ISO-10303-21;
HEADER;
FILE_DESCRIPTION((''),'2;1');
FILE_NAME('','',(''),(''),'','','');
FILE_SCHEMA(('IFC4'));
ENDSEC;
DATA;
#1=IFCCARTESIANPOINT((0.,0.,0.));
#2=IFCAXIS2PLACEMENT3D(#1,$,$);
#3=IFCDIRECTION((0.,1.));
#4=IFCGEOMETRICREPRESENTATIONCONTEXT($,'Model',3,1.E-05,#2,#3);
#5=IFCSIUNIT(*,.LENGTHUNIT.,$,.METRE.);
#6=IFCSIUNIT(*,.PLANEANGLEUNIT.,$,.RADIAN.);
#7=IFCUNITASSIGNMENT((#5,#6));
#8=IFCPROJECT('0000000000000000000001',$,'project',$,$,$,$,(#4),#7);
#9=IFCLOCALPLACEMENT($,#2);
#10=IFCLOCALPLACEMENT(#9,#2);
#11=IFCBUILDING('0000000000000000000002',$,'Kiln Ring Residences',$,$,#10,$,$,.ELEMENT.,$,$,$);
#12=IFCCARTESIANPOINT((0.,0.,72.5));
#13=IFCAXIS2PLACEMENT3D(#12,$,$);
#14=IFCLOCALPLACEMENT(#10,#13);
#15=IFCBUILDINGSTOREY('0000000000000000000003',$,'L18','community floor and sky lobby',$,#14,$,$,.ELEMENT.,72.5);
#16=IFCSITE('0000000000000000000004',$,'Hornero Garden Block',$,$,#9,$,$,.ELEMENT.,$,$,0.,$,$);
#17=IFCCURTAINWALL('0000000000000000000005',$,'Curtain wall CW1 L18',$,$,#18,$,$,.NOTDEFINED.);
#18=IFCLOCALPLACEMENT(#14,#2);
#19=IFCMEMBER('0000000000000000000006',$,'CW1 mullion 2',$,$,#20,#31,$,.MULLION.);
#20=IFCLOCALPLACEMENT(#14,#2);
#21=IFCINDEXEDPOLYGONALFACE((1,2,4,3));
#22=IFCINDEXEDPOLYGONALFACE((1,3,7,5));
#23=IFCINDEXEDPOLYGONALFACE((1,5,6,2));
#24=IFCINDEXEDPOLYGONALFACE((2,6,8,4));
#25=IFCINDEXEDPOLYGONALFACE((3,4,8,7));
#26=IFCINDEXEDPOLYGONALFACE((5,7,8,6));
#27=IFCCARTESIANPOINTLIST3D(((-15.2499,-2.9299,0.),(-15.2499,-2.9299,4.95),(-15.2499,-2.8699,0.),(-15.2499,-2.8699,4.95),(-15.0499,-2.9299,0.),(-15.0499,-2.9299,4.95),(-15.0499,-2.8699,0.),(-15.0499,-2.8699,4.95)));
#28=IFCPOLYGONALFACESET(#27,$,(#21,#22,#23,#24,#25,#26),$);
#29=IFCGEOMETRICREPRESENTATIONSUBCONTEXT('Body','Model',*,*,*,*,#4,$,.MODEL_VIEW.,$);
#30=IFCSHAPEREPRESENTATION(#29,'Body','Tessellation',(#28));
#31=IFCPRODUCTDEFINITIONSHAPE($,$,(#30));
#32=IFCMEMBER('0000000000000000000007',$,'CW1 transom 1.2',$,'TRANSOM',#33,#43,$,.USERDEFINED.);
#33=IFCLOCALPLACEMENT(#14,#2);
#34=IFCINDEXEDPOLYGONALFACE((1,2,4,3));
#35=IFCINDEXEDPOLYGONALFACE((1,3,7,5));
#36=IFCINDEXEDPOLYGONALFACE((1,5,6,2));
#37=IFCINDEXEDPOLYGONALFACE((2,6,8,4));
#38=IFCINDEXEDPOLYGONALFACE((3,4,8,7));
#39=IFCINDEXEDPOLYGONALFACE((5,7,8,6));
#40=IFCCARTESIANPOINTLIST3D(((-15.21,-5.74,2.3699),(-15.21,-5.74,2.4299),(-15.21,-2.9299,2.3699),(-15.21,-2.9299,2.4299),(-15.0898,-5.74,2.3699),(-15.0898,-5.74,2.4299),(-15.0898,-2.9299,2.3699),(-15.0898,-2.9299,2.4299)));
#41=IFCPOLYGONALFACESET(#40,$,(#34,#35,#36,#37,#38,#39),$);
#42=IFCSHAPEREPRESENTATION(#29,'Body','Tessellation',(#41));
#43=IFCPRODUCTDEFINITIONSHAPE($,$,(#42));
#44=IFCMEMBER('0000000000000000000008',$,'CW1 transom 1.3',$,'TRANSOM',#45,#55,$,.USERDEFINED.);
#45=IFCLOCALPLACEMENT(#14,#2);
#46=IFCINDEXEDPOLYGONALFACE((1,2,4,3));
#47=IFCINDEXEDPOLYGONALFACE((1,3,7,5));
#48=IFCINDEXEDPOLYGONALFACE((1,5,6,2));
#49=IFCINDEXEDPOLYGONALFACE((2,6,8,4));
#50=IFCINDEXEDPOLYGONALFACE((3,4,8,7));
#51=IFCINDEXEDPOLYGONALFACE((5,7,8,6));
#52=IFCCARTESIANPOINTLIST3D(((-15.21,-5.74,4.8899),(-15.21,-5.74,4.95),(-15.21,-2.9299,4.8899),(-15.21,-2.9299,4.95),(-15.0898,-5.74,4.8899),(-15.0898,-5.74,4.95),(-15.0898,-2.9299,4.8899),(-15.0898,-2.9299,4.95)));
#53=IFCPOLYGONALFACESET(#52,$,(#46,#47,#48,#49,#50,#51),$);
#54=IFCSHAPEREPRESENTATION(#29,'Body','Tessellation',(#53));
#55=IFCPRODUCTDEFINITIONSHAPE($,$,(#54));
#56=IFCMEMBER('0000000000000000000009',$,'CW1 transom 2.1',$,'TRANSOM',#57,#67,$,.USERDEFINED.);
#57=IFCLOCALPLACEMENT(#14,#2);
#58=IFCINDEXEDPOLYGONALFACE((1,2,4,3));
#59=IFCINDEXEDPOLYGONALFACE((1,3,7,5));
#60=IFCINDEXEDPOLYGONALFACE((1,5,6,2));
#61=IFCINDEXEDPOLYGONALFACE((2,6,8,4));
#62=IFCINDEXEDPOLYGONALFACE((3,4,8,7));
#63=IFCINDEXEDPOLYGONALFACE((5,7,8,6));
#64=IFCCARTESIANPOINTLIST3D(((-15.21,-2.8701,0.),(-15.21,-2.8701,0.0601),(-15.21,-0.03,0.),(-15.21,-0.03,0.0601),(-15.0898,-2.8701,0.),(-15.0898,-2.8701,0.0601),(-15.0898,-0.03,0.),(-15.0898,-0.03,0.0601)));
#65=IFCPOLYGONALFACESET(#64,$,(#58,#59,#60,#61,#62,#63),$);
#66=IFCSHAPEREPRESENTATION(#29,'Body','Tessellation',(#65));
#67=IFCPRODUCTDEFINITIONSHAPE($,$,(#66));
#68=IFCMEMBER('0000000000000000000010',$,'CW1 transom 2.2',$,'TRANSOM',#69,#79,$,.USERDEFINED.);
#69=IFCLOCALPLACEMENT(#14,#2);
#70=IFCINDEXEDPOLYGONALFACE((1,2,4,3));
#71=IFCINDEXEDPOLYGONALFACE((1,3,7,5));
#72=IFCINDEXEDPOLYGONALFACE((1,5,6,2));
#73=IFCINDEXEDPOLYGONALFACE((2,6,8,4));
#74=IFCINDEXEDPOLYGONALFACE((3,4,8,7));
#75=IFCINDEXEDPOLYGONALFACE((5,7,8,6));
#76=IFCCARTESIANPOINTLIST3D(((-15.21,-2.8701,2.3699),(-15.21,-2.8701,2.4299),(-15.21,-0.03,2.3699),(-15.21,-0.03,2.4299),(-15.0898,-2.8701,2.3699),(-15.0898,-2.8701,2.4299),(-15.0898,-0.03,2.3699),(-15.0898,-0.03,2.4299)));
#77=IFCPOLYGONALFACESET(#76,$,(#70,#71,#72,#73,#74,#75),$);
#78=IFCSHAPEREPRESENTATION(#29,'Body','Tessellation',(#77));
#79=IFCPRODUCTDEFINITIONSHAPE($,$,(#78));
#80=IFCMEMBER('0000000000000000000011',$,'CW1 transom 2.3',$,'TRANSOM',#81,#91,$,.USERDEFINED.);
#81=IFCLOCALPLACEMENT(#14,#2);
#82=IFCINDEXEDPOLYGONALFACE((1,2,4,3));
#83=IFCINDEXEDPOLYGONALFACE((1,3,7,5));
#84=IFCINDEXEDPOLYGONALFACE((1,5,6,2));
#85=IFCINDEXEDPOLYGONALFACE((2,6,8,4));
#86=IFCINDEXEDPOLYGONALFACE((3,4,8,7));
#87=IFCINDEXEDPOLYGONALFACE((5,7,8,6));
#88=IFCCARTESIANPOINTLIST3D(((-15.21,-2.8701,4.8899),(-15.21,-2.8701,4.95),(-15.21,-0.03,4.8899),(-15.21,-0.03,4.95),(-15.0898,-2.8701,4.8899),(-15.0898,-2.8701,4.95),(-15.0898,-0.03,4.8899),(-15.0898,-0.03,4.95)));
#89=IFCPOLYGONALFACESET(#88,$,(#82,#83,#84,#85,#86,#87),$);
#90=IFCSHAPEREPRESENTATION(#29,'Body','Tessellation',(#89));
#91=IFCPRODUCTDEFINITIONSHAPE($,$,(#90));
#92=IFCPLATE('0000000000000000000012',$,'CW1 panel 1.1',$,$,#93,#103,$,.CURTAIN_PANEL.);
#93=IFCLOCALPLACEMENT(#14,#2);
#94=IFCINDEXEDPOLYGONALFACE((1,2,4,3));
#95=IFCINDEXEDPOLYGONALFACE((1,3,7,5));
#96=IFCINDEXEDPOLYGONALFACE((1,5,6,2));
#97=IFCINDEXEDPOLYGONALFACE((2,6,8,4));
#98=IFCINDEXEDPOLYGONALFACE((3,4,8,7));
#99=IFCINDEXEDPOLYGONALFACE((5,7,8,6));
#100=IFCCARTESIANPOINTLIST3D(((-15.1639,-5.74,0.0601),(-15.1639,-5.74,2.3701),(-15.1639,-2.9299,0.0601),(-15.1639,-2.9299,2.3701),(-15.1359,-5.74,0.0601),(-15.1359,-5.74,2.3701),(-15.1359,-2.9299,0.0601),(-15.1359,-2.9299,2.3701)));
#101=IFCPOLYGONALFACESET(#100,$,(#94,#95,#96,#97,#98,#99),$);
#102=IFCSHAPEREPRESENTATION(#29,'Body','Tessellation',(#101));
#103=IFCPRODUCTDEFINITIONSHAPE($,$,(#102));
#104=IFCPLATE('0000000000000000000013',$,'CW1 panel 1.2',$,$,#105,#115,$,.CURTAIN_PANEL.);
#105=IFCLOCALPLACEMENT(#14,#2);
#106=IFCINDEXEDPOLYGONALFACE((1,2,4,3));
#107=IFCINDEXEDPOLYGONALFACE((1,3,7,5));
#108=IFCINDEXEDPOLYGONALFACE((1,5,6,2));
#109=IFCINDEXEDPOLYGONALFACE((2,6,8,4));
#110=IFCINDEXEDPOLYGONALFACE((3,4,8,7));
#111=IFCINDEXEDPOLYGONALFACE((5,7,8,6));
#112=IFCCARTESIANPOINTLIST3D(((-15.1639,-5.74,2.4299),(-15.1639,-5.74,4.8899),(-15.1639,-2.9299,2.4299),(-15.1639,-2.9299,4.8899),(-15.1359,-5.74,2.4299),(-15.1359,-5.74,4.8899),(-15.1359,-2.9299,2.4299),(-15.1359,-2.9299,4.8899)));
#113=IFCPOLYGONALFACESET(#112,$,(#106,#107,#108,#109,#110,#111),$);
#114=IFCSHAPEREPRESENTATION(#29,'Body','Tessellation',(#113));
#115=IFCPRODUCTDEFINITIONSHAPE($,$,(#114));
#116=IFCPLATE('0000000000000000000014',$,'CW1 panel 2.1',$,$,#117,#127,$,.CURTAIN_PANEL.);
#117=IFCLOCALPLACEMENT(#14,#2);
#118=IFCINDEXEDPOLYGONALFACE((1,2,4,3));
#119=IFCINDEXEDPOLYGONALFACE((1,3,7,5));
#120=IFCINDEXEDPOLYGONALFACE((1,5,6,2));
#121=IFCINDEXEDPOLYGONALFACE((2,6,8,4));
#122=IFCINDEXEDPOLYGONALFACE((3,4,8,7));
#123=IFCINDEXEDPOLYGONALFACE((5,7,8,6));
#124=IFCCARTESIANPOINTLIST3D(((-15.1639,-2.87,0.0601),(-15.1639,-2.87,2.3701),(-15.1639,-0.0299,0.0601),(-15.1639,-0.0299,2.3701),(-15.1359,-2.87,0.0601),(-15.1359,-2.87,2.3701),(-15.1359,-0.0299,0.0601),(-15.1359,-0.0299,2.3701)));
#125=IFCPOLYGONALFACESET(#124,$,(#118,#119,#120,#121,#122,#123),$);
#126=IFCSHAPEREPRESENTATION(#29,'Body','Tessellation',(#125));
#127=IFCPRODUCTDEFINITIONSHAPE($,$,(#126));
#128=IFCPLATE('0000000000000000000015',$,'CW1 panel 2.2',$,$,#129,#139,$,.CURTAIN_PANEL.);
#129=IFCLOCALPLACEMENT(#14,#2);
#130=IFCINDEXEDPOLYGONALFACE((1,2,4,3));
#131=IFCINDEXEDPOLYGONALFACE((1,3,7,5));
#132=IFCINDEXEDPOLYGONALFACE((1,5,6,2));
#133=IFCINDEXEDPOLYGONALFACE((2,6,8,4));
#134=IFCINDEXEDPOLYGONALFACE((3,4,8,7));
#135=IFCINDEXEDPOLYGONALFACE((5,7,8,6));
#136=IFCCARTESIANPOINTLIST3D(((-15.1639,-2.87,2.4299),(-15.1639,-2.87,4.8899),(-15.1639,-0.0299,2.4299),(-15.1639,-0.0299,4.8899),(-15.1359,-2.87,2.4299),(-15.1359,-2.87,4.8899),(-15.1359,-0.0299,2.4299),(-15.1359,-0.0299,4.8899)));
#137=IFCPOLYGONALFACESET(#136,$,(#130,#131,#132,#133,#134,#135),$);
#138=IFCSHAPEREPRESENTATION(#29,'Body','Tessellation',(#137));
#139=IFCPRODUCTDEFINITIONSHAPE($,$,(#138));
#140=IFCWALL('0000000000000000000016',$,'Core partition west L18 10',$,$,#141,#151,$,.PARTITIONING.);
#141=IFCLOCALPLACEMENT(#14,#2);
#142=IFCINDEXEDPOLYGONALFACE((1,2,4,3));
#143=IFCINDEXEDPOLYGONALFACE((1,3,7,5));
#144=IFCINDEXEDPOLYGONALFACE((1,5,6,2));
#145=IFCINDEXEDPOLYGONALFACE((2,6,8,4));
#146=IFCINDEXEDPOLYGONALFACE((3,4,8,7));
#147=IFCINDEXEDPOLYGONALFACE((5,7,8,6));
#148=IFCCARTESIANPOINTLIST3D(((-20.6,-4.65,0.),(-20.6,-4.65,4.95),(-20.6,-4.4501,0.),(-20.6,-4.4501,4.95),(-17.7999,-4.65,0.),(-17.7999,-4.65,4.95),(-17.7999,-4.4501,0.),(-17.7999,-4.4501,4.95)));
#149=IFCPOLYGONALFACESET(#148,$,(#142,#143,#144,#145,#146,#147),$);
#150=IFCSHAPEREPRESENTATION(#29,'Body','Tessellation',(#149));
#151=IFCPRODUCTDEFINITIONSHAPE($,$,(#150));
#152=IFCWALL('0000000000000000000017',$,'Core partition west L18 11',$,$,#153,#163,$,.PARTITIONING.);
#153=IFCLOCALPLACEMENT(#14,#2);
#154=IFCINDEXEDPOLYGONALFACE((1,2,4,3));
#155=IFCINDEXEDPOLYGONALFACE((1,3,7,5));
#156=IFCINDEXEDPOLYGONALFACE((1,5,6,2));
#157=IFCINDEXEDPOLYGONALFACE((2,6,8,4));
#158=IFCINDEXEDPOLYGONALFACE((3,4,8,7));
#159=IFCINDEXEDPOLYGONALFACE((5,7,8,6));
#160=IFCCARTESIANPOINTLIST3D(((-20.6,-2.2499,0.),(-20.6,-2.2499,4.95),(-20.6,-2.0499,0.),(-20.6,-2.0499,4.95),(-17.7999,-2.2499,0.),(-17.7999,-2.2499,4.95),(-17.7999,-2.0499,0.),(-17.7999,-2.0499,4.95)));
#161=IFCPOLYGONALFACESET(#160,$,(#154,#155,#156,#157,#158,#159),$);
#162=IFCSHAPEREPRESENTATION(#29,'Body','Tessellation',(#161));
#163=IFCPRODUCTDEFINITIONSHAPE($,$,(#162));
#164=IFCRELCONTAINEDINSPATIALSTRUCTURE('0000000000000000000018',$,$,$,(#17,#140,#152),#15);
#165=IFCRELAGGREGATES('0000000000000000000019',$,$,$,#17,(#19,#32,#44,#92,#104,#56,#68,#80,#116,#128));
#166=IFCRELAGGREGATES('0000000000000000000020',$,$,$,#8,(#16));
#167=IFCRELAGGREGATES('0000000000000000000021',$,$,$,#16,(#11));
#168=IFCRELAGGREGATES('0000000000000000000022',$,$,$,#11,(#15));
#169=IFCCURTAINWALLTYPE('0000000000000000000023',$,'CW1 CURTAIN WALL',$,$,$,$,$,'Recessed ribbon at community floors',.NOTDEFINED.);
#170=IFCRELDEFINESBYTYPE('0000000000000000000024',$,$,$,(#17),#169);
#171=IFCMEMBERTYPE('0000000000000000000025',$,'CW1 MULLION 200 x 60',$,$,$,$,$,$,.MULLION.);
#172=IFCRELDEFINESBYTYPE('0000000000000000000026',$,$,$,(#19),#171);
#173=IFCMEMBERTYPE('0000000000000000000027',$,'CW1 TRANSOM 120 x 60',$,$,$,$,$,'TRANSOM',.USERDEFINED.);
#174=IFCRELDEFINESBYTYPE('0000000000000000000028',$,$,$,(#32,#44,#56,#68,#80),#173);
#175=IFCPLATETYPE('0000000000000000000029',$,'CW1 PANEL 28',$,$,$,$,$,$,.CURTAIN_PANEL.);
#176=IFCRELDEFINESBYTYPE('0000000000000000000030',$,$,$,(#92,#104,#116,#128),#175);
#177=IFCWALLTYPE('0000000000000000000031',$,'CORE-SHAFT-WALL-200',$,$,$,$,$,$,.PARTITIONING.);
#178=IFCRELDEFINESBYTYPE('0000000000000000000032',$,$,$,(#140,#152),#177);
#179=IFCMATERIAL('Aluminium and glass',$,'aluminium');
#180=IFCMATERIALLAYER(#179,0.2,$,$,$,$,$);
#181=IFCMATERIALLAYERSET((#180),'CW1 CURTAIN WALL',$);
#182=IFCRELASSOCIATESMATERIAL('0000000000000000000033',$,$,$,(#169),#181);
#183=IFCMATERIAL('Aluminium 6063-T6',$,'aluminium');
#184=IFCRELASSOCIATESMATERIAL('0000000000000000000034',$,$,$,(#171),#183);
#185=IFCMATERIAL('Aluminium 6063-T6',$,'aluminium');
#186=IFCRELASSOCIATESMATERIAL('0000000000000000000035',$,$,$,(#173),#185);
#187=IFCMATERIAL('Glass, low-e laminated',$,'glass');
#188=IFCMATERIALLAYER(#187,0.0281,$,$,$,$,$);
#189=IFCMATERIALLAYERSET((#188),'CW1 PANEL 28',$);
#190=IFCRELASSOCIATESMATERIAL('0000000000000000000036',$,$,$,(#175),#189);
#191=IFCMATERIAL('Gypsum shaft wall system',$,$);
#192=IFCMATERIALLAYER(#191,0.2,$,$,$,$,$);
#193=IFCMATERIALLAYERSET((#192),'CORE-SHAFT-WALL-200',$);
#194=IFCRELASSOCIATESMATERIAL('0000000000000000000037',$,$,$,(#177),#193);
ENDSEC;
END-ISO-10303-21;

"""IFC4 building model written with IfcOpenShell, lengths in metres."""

from ifc_helpers import new_model, si_unit, direction, frame, frame_2d, origin, origin_2d, place, context, subcontext, project, spatial, rectangle, extrude, material, layer, layer_set, material_profile, profile_set, type_object, element, aggregate, save


model = new_model("IFC4")

# Units and contexts
model_context = context("Model", 3, precision=1e-05, world=origin(), true_north=direction((0.0, 1.0)))
body_context = subcontext(model_context, "Body", "Model", "MODEL_VIEW")
ifc_project = project(units=[si_unit("LENGTHUNIT", "METRE"), si_unit("PLANEANGLEUNIT", "RADIAN")], contexts=[model_context])

# Site, building, storey
site_placement = place(None, origin())
site = spatial("IfcSite", under=ifc_project, at=site_placement, Name="Hornero Garden Block", CompositionType="ELEMENT", RefElevation=0.0)
building_placement = place(site_placement, origin())
building = spatial("IfcBuilding", under=site, at=building_placement, Name="Kiln Ring Residences", CompositionType="ELEMENT")
storey_placement = place(building_placement, frame((0.0, 0.0, 72.5)))
storey = spatial("IfcBuildingStorey", under=building, at=storey_placement, Name="L18", Description="community floor and sky lobby", CompositionType="ELEMENT", Elevation=72.5)

# Curtain wall, members, plates
ifc_material_1 = material(Name="Aluminium and glass", Category="aluminium")
ifc_layer_1 = layer(ifc_material_1, 0.2)
ifc_layer_set_1 = layer_set([ifc_layer_1], Name="CW1 CURTAIN WALL")
curtain_wall_type = type_object("IfcCurtainWallType", Name="CW1 CURTAIN WALL", ElementType="Recessed ribbon at community floors", PredefinedType="NOTDEFINED", material=ifc_layer_set_1)
curtain_wall_placement = place(storey_placement, origin())
curtain_wall = element("IfcCurtainWall", 1, at=curtain_wall_placement, inside=storey, type_object=curtain_wall_type, Name="Curtain wall CW1 L18", PredefinedType="NOTDEFINED")
ifc_material_2 = material(Name="Aluminium 6063-T6", Category="aluminium")
ifc_material_profile_1 = material_profile(ifc_material_2, rectangle(XDim=0.2, YDim=0.0601, at=origin_2d()), Name="AL 200x60")
ifc_profile_set_1 = profile_set([ifc_material_profile_1], Name="Aluminium 6063-T6")
member_type_1 = type_object("IfcMemberType", Name="CW1 MULLION 200 x 60", PredefinedType="MULLION", material=ifc_profile_set_1)
member_1_placement = place(storey_placement, frame((-15.1499, -2.8999, 0.0), z_axis=(0.0, 0.0, 1.0), x_axis=(-1.0, 0.0, 0.0)))
member_1 = element("IfcMember", 2, at=member_1_placement, type_object=member_type_1, Name="CW1 mullion 2", PredefinedType="MULLION", context=body_context, shape_type="SweptSolid", body=[
    extrude(rectangle(XDim=0.2, YDim=0.0601, at=origin_2d()), origin(), (0.0, 0.0, 1.0), 4.95),
])
ifc_material_3 = material(Name="Aluminium 6063-T6", Category="aluminium")
ifc_material_profile_2 = material_profile(ifc_material_3, rectangle(XDim=0.1201, YDim=0.0601, at=origin_2d()), Name="AL 120x60")
ifc_profile_set_2 = profile_set([ifc_material_profile_2], Name="Aluminium 6063-T6")
member_type_2 = type_object("IfcMemberType", Name="CW1 TRANSOM 120 x 60", ElementType="TRANSOM", PredefinedType="USERDEFINED", material=ifc_profile_set_2)
member_2_placement = place(storey_placement, frame((-15.1499, -5.74, 2.3999), z_axis=(0.0, 1.0, 0.0), x_axis=(-1.0, 0.0, 0.0)))
member_2 = element("IfcMember", 3, at=member_2_placement, type_object=member_type_2, Name="CW1 transom 1.2", ObjectType="TRANSOM", PredefinedType="USERDEFINED", context=body_context, shape_type="SweptSolid", body=[
    extrude(rectangle(XDim=0.1201, YDim=0.0601, at=origin_2d()), origin(), (0.0, 0.0, 1.0), 2.8101),
])
member_3_placement = place(storey_placement, frame((-15.1499, -5.74, 4.9199), z_axis=(0.0, 1.0, 0.0), x_axis=(-1.0, 0.0, 0.0)))
member_3 = element("IfcMember", 4, at=member_3_placement, type_object=member_type_2, Name="CW1 transom 1.3", ObjectType="TRANSOM", PredefinedType="USERDEFINED", context=body_context, shape_type="SweptSolid", body=[
    extrude(rectangle(XDim=0.1201, YDim=0.0601, at=origin_2d()), origin(), (0.0, 0.0, 1.0), 2.8101),
])
member_4_placement = place(storey_placement, frame((-15.1499, -2.8701, 0.03), z_axis=(0.0, 1.0, 0.0), x_axis=(-1.0, 0.0, 0.0)))
member_4 = element("IfcMember", 5, at=member_4_placement, type_object=member_type_2, Name="CW1 transom 2.1", ObjectType="TRANSOM", PredefinedType="USERDEFINED", context=body_context, shape_type="SweptSolid", body=[
    extrude(rectangle(XDim=0.1201, YDim=0.0601, at=origin_2d()), origin(), (0.0, 0.0, 1.0), 2.8401),
])
member_5_placement = place(storey_placement, frame((-15.1499, -2.8701, 2.3999), z_axis=(0.0, 1.0, 0.0), x_axis=(-1.0, 0.0, 0.0)))
member_5 = element("IfcMember", 6, at=member_5_placement, type_object=member_type_2, Name="CW1 transom 2.2", ObjectType="TRANSOM", PredefinedType="USERDEFINED", context=body_context, shape_type="SweptSolid", body=[
    extrude(rectangle(XDim=0.1201, YDim=0.0601, at=origin_2d()), origin(), (0.0, 0.0, 1.0), 2.8401),
])
member_6_placement = place(storey_placement, frame((-15.1499, -2.8701, 4.9199), z_axis=(0.0, 1.0, 0.0), x_axis=(-1.0, 0.0, 0.0)))
member_6 = element("IfcMember", 7, at=member_6_placement, type_object=member_type_2, Name="CW1 transom 2.3", ObjectType="TRANSOM", PredefinedType="USERDEFINED", context=body_context, shape_type="SweptSolid", body=[
    extrude(rectangle(XDim=0.1201, YDim=0.0601, at=origin_2d()), origin(), (0.0, 0.0, 1.0), 2.8401),
])
ifc_material_4 = material(Name="Glass, low-e laminated", Category="glass")
ifc_layer_2 = layer(ifc_material_4, 0.0281)
ifc_layer_set_2 = layer_set([ifc_layer_2], Name="CW1 PANEL 28")
plate_type = type_object("IfcPlateType", Name="CW1 PANEL 28", PredefinedType="CURTAIN_PANEL", material=ifc_layer_set_2)
plate_1_placement = place(storey_placement, frame((-15.1499, -4.335, 0.0601), z_axis=(0.0, 0.0, 1.0), x_axis=(0.0, 1.0, 0.0)))
plate_1 = element("IfcPlate", 8, at=plate_1_placement, type_object=plate_type, Name="CW1 panel 1.1", PredefinedType="CURTAIN_PANEL", context=body_context, shape_type="SweptSolid", body=[
    extrude(rectangle(XDim=2.8101, YDim=0.0281, at=origin_2d()), origin(), (0.0, 0.0, 1.0), 2.3101),
])
plate_2_placement = place(storey_placement, frame((-15.1499, -4.335, 2.4299), z_axis=(0.0, 0.0, 1.0), x_axis=(0.0, 1.0, 0.0)))
plate_2 = element("IfcPlate", 9, at=plate_2_placement, type_object=plate_type, Name="CW1 panel 1.2", PredefinedType="CURTAIN_PANEL", context=body_context, shape_type="SweptSolid", body=[
    extrude(rectangle(XDim=2.8101, YDim=0.0281, at=origin_2d()), origin(), (0.0, 0.0, 1.0), 2.46),
])
plate_3_placement = place(storey_placement, frame((-15.1499, -1.45, 0.0601), z_axis=(0.0, 0.0, 1.0), x_axis=(0.0, 1.0, 0.0)))
plate_3 = element("IfcPlate", 10, at=plate_3_placement, type_object=plate_type, Name="CW1 panel 2.1", PredefinedType="CURTAIN_PANEL", context=body_context, shape_type="SweptSolid", body=[
    extrude(rectangle(XDim=2.8401, YDim=0.0281, at=origin_2d()), origin(), (0.0, 0.0, 1.0), 2.3101),
])
plate_4_placement = place(storey_placement, frame((-15.1499, -1.45, 2.4299), z_axis=(0.0, 0.0, 1.0), x_axis=(0.0, 1.0, 0.0)))
plate_4 = element("IfcPlate", 11, at=plate_4_placement, type_object=plate_type, Name="CW1 panel 2.2", PredefinedType="CURTAIN_PANEL", context=body_context, shape_type="SweptSolid", body=[
    extrude(rectangle(XDim=2.8401, YDim=0.0281, at=origin_2d()), origin(), (0.0, 0.0, 1.0), 2.46),
])
aggregate(curtain_wall, [member_1, member_2, member_3, plate_1, plate_2, member_4, member_5, member_6, plate_3, plate_4])

# Walls
ifc_material_5 = material(Name="Gypsum shaft wall system")
ifc_layer_3 = layer(ifc_material_5, 0.2)
ifc_layer_set_3 = layer_set([ifc_layer_3], Name="CORE-SHAFT-WALL-200")
wall_type = type_object("IfcWallType", Name="CORE-SHAFT-WALL-200", PredefinedType="PARTITIONING", material=ifc_layer_set_3)
for number, where, z_axis, x_axis, name in (
    (12, (-17.8, -4.55, 0.0), (0.0, 0.0, 1.0), (-1.0, 0.0, 0.0), "Core partition west L18 10"),
    (13, (-17.8, -2.1499, 0.0), (0.0, 0.0, 1.0), (-1.0, 0.0, 0.0), "Core partition west L18 11"),
):
    element("IfcWall", number, at=place(storey_placement, frame(where, z_axis=z_axis, x_axis=x_axis)), inside=storey, type_object=wall_type, Name=name, PredefinedType="PARTITIONING", context=body_context, shape_type="SweptSolid", body=[
        extrude(rectangle(XDim=2.8, YDim=0.2, at=frame_2d((1.3999, 0.0))), origin(), (0.0, 0.0, 1.0), 4.95),
    ])

save(model, "model.ifc")
